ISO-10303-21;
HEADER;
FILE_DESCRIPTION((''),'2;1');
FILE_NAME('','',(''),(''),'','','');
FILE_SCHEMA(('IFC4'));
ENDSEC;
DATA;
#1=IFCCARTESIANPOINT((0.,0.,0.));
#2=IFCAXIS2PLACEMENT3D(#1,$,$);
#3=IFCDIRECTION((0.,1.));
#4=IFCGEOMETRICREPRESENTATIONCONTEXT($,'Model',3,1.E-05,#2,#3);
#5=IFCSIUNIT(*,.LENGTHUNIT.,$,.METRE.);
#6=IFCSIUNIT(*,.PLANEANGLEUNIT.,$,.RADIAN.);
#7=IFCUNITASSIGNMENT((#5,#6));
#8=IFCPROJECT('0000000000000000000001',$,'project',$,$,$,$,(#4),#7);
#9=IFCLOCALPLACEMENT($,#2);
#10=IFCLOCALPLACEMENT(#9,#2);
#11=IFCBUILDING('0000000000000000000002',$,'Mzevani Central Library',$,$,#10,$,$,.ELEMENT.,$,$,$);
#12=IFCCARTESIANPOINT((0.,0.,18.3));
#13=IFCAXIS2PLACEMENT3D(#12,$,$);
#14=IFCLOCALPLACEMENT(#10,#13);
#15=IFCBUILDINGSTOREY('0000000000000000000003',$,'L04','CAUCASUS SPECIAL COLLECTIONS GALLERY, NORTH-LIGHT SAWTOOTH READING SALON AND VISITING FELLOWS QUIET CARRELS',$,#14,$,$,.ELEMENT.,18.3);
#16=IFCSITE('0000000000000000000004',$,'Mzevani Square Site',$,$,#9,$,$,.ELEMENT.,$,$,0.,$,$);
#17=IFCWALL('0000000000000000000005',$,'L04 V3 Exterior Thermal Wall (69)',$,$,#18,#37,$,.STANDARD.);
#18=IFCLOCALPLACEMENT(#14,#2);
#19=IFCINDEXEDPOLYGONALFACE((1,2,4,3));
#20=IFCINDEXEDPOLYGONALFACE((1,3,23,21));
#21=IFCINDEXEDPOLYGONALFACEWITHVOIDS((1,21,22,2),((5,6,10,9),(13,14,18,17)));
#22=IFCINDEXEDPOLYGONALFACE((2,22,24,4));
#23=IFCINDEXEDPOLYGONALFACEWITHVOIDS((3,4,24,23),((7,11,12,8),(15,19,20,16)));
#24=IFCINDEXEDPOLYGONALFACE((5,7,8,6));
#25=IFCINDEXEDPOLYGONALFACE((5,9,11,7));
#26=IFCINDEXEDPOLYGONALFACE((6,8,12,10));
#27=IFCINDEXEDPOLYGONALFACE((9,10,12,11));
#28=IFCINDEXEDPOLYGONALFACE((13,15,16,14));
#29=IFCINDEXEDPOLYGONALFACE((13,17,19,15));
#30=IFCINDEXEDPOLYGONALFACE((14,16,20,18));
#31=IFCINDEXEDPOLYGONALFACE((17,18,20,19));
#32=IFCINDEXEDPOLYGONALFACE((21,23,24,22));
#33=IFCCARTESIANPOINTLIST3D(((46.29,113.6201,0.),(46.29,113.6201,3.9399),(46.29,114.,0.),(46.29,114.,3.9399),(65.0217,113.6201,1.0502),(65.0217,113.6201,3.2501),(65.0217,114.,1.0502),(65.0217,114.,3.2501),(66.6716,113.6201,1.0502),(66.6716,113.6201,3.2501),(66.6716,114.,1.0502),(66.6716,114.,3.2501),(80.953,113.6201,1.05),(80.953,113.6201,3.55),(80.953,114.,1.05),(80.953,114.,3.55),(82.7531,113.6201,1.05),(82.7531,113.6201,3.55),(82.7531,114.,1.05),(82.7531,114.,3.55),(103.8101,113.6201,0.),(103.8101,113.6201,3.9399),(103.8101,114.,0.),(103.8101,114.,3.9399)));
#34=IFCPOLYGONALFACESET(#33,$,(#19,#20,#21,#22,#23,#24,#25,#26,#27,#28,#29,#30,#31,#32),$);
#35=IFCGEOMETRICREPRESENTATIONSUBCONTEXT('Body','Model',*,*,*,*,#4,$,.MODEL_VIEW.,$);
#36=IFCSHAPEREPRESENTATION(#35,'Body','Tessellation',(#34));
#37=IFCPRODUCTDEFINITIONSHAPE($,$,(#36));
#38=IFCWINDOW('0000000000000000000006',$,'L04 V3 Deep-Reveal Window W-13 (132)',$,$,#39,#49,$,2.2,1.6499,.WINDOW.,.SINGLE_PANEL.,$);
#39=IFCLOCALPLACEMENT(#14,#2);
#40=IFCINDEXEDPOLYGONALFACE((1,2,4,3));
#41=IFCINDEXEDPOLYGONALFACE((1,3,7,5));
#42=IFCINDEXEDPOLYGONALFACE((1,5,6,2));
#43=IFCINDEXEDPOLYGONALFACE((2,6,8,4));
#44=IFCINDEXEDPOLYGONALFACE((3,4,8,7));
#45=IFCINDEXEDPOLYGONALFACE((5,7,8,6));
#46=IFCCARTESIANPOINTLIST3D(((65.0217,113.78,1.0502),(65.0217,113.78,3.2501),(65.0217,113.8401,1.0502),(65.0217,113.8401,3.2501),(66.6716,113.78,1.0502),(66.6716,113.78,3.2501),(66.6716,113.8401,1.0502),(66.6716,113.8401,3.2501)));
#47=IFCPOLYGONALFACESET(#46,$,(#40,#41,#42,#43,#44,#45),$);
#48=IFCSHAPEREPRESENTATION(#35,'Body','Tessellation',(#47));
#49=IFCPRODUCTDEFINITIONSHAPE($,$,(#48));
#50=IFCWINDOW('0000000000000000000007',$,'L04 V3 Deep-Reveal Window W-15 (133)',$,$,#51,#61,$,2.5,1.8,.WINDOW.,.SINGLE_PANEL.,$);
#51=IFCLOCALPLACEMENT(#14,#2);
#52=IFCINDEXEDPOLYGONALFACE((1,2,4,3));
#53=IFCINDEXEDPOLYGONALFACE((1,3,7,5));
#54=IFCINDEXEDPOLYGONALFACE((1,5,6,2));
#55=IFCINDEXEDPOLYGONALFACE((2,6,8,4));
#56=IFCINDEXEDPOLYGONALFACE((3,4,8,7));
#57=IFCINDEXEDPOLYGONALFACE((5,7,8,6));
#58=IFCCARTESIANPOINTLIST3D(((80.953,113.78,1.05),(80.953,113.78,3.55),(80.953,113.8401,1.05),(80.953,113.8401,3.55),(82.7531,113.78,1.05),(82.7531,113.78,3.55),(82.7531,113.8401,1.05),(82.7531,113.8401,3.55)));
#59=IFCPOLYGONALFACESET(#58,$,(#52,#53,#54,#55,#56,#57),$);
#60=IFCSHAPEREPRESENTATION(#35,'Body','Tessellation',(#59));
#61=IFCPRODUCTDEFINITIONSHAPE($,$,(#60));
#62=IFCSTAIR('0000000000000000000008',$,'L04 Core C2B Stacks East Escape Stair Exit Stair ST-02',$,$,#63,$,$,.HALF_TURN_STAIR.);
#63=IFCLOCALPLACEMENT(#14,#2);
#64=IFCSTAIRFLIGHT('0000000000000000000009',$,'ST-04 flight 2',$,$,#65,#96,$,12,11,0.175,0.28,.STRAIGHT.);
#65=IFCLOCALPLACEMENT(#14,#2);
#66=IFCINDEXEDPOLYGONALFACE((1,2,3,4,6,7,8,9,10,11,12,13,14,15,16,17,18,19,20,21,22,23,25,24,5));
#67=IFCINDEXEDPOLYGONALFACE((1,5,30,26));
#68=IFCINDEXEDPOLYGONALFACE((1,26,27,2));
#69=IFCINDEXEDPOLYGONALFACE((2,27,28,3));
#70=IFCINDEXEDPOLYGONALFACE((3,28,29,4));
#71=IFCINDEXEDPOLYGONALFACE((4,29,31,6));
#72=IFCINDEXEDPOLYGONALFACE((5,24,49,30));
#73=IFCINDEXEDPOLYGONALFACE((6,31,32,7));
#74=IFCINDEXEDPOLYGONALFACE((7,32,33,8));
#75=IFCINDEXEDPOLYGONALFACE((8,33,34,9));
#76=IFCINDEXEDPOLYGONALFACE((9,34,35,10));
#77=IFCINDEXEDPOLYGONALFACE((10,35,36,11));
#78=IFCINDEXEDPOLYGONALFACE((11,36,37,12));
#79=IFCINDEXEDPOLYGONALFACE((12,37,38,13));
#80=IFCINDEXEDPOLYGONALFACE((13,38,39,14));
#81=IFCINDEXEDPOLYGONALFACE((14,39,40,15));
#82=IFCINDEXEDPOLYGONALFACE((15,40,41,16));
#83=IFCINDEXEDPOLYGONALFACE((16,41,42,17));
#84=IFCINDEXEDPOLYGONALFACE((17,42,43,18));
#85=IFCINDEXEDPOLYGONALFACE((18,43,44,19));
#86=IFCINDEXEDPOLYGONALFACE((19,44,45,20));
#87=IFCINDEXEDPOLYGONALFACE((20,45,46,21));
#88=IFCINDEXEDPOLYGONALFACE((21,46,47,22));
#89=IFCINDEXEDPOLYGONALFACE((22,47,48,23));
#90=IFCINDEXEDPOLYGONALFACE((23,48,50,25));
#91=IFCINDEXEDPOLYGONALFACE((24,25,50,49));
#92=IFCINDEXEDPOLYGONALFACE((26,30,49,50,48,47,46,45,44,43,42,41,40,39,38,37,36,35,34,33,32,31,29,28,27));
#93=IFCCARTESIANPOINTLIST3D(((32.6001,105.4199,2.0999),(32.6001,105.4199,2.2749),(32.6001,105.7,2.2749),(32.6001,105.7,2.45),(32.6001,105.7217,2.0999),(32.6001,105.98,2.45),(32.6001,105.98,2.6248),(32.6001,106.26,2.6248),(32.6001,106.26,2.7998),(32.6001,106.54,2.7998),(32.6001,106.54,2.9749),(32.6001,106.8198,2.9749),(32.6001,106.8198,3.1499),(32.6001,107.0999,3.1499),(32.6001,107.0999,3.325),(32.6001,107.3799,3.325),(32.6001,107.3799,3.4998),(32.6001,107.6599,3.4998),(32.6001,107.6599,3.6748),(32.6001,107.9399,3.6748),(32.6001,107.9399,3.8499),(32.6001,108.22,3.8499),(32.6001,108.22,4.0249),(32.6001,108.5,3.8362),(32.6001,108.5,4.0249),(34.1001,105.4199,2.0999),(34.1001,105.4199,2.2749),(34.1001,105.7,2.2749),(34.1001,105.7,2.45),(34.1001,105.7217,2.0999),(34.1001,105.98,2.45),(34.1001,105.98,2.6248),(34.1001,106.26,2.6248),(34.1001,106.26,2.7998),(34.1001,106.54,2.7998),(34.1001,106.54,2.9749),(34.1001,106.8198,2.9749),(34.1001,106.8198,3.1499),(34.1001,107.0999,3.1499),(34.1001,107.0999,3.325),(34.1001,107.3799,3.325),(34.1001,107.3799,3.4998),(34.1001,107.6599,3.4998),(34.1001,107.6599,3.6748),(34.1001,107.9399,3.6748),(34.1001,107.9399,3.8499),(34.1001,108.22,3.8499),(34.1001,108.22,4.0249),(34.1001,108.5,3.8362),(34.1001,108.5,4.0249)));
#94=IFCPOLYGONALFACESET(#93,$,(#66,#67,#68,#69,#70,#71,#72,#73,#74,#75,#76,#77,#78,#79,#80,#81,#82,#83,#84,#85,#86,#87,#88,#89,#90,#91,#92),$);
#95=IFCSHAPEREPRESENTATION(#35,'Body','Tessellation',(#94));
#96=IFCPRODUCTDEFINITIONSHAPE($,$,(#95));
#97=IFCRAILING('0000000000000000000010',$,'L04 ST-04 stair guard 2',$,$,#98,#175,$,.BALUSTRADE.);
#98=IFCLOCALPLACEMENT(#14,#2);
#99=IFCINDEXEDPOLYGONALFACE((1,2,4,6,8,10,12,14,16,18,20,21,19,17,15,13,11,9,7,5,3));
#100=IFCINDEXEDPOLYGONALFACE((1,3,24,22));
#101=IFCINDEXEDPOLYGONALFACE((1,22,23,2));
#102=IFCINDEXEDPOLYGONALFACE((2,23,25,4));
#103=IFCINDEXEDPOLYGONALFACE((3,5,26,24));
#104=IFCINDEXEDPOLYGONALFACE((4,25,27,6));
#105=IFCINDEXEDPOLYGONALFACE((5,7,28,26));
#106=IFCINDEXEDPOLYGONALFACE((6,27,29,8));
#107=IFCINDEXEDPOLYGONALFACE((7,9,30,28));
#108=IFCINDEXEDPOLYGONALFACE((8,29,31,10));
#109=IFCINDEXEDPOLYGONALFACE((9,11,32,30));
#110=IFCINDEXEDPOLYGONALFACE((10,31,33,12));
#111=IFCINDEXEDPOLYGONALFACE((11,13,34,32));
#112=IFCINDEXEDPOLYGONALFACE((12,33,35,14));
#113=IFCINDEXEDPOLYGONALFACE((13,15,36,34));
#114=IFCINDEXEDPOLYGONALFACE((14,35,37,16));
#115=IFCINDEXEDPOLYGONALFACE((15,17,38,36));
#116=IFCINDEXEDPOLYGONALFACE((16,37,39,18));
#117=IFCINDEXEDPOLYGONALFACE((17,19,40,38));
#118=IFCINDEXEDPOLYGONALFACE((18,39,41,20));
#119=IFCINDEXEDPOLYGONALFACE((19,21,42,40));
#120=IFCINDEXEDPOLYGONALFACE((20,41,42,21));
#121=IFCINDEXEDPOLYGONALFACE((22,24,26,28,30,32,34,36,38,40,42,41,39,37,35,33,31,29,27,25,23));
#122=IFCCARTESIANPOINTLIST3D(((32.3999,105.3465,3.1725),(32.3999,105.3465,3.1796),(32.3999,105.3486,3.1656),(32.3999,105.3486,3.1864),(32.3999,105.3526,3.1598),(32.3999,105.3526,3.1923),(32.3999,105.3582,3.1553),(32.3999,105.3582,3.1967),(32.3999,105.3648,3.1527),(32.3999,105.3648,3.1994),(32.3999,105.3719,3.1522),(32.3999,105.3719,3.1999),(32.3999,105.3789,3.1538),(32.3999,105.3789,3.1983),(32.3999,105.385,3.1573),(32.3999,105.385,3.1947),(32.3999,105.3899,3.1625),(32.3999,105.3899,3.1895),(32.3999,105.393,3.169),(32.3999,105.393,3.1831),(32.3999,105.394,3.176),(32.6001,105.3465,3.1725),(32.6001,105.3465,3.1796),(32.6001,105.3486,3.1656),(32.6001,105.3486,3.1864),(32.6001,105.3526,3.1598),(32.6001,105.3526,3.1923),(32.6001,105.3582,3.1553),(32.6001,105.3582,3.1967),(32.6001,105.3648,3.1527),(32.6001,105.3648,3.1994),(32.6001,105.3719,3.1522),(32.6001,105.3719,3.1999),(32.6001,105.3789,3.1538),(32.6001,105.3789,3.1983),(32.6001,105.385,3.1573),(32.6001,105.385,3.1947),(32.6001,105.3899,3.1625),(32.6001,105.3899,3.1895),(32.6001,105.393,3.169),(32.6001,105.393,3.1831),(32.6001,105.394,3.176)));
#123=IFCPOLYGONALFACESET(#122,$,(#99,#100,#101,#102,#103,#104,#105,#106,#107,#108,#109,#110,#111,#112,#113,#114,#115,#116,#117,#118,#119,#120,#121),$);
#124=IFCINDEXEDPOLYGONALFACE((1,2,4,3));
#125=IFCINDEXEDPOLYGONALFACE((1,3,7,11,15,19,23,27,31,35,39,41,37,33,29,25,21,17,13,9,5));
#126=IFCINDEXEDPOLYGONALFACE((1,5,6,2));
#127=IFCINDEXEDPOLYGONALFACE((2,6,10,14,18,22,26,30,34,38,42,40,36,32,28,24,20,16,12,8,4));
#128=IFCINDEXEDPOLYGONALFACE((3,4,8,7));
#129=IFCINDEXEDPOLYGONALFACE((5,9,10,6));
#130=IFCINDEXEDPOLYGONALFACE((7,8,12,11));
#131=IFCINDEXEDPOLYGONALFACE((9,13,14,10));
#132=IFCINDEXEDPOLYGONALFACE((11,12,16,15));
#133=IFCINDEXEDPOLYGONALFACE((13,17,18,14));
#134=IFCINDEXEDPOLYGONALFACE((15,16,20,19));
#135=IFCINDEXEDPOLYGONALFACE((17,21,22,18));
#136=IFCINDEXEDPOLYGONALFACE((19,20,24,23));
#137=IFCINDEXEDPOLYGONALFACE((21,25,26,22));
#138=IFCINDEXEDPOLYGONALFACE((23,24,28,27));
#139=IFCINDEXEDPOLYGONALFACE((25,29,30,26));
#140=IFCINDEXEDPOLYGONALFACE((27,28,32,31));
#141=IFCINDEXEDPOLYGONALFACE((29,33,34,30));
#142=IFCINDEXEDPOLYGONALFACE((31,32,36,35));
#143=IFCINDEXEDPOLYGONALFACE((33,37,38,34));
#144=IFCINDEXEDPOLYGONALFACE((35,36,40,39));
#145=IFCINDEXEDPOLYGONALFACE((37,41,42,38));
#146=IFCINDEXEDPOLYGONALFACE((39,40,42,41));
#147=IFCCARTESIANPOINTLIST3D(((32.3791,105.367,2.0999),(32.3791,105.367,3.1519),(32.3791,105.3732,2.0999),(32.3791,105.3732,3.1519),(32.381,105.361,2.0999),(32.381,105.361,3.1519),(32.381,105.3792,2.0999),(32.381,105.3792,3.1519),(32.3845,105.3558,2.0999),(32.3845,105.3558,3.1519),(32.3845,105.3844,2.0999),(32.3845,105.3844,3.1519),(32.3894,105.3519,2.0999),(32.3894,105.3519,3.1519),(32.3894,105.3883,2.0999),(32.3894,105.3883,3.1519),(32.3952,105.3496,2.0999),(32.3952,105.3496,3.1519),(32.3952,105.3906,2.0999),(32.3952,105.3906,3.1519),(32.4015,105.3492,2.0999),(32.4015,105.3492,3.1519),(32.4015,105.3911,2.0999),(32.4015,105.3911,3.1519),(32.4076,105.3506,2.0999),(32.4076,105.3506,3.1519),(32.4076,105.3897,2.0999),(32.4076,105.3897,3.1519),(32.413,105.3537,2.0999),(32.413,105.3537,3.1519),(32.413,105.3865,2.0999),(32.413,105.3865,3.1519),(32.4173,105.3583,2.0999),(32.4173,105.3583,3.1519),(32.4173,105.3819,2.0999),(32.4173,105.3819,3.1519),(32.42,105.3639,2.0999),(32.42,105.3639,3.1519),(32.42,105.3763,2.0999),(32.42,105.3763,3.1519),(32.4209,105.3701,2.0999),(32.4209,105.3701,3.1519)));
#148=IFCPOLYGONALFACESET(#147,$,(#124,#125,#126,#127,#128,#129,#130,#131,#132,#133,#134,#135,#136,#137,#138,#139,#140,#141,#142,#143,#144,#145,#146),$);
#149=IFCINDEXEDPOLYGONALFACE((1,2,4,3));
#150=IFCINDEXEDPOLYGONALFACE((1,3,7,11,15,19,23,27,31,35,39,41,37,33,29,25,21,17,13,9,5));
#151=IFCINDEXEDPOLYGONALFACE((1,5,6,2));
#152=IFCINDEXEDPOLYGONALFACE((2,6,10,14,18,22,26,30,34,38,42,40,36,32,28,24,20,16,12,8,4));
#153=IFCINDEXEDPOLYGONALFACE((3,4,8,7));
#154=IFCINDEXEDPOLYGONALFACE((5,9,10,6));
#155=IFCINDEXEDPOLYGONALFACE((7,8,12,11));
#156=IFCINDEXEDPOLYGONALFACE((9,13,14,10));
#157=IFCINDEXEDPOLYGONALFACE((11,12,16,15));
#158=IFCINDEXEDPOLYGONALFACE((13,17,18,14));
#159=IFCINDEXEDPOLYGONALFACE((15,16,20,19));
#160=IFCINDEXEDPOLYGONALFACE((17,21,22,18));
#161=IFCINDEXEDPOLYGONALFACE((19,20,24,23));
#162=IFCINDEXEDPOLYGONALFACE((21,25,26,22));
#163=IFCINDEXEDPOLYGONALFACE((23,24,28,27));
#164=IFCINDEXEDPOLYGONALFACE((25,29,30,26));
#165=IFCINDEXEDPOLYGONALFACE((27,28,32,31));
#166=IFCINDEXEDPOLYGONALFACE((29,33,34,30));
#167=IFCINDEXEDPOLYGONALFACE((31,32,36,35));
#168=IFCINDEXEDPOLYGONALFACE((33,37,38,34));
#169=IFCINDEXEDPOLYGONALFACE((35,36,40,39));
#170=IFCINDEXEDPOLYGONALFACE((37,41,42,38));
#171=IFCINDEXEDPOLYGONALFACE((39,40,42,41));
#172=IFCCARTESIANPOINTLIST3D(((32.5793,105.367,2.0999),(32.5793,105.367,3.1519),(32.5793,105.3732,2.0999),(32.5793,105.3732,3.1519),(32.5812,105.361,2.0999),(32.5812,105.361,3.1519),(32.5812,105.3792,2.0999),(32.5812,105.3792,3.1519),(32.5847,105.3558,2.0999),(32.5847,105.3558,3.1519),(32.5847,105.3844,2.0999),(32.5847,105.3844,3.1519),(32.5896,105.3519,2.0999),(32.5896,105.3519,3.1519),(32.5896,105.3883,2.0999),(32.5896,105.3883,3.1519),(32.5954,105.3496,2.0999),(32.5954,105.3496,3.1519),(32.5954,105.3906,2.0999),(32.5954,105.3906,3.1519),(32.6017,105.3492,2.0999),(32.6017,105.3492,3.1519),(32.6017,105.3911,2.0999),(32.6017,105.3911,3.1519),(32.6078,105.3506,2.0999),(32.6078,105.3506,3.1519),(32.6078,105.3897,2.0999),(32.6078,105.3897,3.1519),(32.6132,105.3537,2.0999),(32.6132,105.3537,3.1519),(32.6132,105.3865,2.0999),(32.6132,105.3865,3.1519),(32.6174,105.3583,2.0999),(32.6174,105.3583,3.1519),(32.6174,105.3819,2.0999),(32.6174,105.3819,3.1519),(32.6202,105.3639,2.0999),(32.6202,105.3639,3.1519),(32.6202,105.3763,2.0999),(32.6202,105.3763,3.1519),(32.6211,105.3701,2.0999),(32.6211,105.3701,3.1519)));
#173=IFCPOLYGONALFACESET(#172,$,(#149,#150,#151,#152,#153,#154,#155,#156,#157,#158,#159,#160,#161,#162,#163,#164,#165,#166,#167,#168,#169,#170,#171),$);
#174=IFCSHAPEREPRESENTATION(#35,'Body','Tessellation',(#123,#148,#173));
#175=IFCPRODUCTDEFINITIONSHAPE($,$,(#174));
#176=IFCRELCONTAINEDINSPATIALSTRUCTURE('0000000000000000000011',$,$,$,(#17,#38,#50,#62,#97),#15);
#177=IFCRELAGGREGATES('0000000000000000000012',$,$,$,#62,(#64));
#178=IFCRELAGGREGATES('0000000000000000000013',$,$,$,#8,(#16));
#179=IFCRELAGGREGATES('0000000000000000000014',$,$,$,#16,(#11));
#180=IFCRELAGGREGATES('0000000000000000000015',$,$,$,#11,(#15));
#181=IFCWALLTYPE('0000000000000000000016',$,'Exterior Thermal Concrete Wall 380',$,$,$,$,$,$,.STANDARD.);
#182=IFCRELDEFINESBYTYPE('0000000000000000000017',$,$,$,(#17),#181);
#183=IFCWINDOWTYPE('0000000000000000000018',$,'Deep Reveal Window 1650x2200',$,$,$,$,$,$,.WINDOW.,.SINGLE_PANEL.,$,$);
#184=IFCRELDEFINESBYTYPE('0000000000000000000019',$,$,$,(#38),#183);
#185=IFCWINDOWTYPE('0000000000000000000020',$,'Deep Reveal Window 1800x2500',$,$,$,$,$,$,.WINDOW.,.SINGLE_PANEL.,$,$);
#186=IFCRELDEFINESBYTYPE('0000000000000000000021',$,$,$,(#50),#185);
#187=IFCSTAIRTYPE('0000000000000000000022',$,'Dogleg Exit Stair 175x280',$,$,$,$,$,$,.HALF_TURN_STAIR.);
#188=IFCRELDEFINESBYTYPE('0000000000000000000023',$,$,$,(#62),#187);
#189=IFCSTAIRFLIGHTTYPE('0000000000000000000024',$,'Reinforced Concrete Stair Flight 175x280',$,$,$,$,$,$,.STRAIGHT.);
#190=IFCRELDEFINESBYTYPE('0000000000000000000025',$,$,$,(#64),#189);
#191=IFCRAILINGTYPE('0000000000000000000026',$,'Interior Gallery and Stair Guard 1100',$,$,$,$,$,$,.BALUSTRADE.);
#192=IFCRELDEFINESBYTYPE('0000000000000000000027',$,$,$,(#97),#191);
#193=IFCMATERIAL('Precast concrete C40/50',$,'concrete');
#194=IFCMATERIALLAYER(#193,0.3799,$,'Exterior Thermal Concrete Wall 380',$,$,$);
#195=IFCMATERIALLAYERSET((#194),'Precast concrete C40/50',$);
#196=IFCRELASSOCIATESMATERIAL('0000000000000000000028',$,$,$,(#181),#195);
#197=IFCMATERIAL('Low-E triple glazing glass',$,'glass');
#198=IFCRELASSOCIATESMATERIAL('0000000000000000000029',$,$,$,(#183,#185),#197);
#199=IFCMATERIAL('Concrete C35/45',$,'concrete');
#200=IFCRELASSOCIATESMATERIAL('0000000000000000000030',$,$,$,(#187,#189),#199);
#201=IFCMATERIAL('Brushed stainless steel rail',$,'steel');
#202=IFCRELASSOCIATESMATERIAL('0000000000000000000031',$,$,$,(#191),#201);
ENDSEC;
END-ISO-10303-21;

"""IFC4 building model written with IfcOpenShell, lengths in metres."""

from ifc_helpers import new_model, si_unit, direction, frame, frame_2d, origin, origin_2d, place, context, subcontext, project, spatial, polyline, rectangle, circle, outline, extrude, material, layer, layer_set, type_object, element, fill, aggregate, save


model = new_model("IFC4")

# Units and contexts
model_context = context("Model", 3, precision=1e-05, world=origin(), true_north=direction((0.0, 1.0)))
body_context = subcontext(model_context, "Body", "Model", "MODEL_VIEW")
ifc_project = project(units=[si_unit("LENGTHUNIT", "METRE"), si_unit("PLANEANGLEUNIT", "RADIAN")], contexts=[model_context])

# Site, building, storey
site_placement = place(None, origin())
site = spatial("IfcSite", under=ifc_project, at=site_placement, Name="Mzevani Square Site", CompositionType="ELEMENT", RefElevation=0.0)
building_placement = place(site_placement, origin())
building = spatial("IfcBuilding", under=site, at=building_placement, Name="Mzevani Central Library", CompositionType="ELEMENT")
storey_placement = place(building_placement, frame((0.0, 0.0, 18.3)))
storey = spatial("IfcBuildingStorey", under=building, at=storey_placement, Name="L04", Description="CAUCASUS SPECIAL COLLECTIONS GALLERY, NORTH-LIGHT SAWTOOTH READING SALON AND VISITING FELLOWS QUIET CARRELS", CompositionType="ELEMENT", Elevation=18.3)

# Shared definitions
ifc_material_1 = material(Name="Concrete C35/45", Category="concrete")
ifc_material_2 = material(Name="Precast concrete C40/50", Category="concrete")

# Shared definitions
ifc_layer_1 = layer(ifc_material_2, 0.3799, Name="Exterior Thermal Concrete Wall 380")
ifc_layer_set_1 = layer_set([ifc_layer_1], Name="Precast concrete C40/50")
wall_type_1 = type_object("IfcWallType", Name="Exterior Thermal Concrete Wall 380", PredefinedType="STANDARD", material=ifc_layer_set_1)

# Wall, openings, windows
wall_1_placement = place(storey_placement, frame((46.29, 113.8101, 0.0), z_axis=(0.0, 0.0, 1.0), x_axis=(1.0, 0.0, 0.0)))
wall_1 = element("IfcWall", 1, at=wall_1_placement, inside=storey, type_object=wall_type_1, Name="L04 V3 Exterior Thermal Wall (69)", PredefinedType="STANDARD", context=body_context, shape_type="SweptSolid", body=[
    extrude(rectangle(XDim=57.52, YDim=0.3799, at=frame_2d((28.76, 0.0))), origin(), (0.0, 0.0, 1.0), 3.9399),
])
opening_1_placement = place(wall_1_placement, frame((18.7317, 0.0, 1.05)))
opening_1 = element("IfcOpeningElement", 2, at=opening_1_placement, cuts=wall_1, PredefinedType="OPENING", context=body_context, shape_type="SweptSolid", body=[
    extrude(rectangle(XDim=1.6499, YDim=2.2, at=frame_2d((0.825, 1.1001))), frame((0.0, 0.2, 0.0), z_axis=(0.0, -1.0, 0.0), x_axis=(1.0, 0.0, 0.0)), (0.0, 0.0, 1.0), 0.3999),
])
opening_2_placement = place(wall_1_placement, frame((34.6631, 0.0, 1.05)))
opening_2 = element("IfcOpeningElement", 3, at=opening_2_placement, cuts=wall_1, PredefinedType="OPENING", context=body_context, shape_type="SweptSolid", body=[
    extrude(rectangle(XDim=1.8, YDim=2.5, at=frame_2d((0.8999, 1.25))), frame((0.0, 0.2, 0.0), z_axis=(0.0, -1.0, 0.0), x_axis=(1.0, 0.0, 0.0)), (0.0, 0.0, 1.0), 0.3999),
])
ifc_material_3 = material(Name="Low-E triple glazing glass", Category="glass")
window_type_1 = type_object("IfcWindowType", Name="Deep Reveal Window 1650x2200", PartitioningType="SINGLE_PANEL", PredefinedType="WINDOW", material=ifc_material_3)
window_1_placement = place(opening_1_placement, origin())
window_1 = element("IfcWindow", 4, at=window_1_placement, inside=storey, type_object=window_type_1, Name="L04 V3 Deep-Reveal Window W-13 (132)", OverallHeight=2.2, OverallWidth=1.6499, PartitioningType="SINGLE_PANEL", PredefinedType="WINDOW", context=body_context, shape_type="SweptSolid", body=[
    extrude(rectangle(XDim=1.6499, YDim=2.2, at=frame_2d((0.825, 1.1001))), frame((0.0, 0.03, 0.0), z_axis=(0.0, -1.0, 0.0), x_axis=(1.0, 0.0, 0.0)), (0.0, 0.0, 1.0), 0.0601),
])
fill(opening_1, window_1)
window_type_2 = type_object("IfcWindowType", Name="Deep Reveal Window 1800x2500", PartitioningType="SINGLE_PANEL", PredefinedType="WINDOW", material=ifc_material_3)
window_2_placement = place(opening_2_placement, origin())
window_2 = element("IfcWindow", 5, at=window_2_placement, inside=storey, type_object=window_type_2, Name="L04 V3 Deep-Reveal Window W-15 (133)", OverallHeight=2.5, OverallWidth=1.8, PartitioningType="SINGLE_PANEL", PredefinedType="WINDOW", context=body_context, shape_type="SweptSolid", body=[
    extrude(rectangle(XDim=1.8, YDim=2.5, at=frame_2d((0.8999, 1.25))), frame((0.0, 0.03, 0.0), z_axis=(0.0, -1.0, 0.0), x_axis=(1.0, 0.0, 0.0)), (0.0, 0.0, 1.0), 0.0601),
])
fill(opening_2, window_2)

# Stair, stair flight
stair_type = type_object("IfcStairType", Name="Dogleg Exit Stair 175x280", PredefinedType="HALF_TURN_STAIR", material=ifc_material_1)
stair_placement = place(storey_placement, origin())
stair = element("IfcStair", 6, at=stair_placement, inside=storey, type_object=stair_type, Name="L04 Core C2B Stacks East Escape Stair Exit Stair ST-02", PredefinedType="HALF_TURN_STAIR")
stair_flight_type = type_object("IfcStairFlightType", Name="Reinforced Concrete Stair Flight 175x280", PredefinedType="STRAIGHT", material=ifc_material_1)
stair_flight_placement = place(storey_placement, frame((33.3501, 105.4199, 2.0999), z_axis=(0.0, 0.0, 1.0), x_axis=(0.0, 1.0, 0.0)))
stair_flight = element("IfcStairFlight", 7, at=stair_flight_placement, type_object=stair_flight_type, Name="ST-04 flight 2", NumberOfRisers=12, NumberOfTreads=11, PredefinedType="STRAIGHT", RiserHeight=0.175, TreadLength=0.28, context=body_context, shape_type="SweptSolid", body=[
    extrude(outline(polyline([(0.0, 0.0), (0.0, 0.175), (0.28, 0.175), (0.28, 0.3501), (0.5601, 0.3501), (0.5601, 0.5249), (0.8401, 0.5249), (0.8401, 0.7), (1.1201, 0.7), (1.1201, 0.875), (1.3999, 0.875), (1.3999, 1.05), (1.6799, 1.05), (1.6799, 1.2251), (1.96, 1.2251), (1.96, 1.3999), (2.24, 1.3999), (2.24, 1.575), (2.52, 1.575), (2.52, 1.75), (2.8, 1.75), (2.8, 1.925), (3.0801, 1.925), (3.0801, 2.1001), (3.0801, 1.7363), (0.3018, 0.0), (0.0, 0.0)])), frame((0.0, 0.75, 0.0), z_axis=(0.0, -1.0, 0.0), x_axis=(1.0, 0.0, 0.0)), (0.0, 0.0, 1.0), 1.5),
])
aggregate(stair, [stair_flight])

# Railing
ifc_material_4 = material(Name="Brushed stainless steel rail", Category="steel")
railing_type_1 = type_object("IfcRailingType", Name="Interior Gallery and Stair Guard 1100", PredefinedType="BALUSTRADE", material=ifc_material_4)
railing_1_placement = place(storey_placement, frame((32.3999, 105.3701, 2.0999)))
element("IfcRailing", 8, at=railing_1_placement, inside=storey, type_object=railing_type_1, Name="L04 ST-04 stair guard 2", PredefinedType="BALUSTRADE", context=body_context, shape_type="SweptSolid", body=[
    extrude(circle(Radius=0.0239, at=origin_2d()), frame((0.0, 0.0, 1.0762), z_axis=(1.0, 0.0, 0.0), x_axis=(0.0, 1.0, 0.0)), (0.0, 0.0, 1.0), 0.2002),
    extrude(circle(Radius=0.021, at=origin_2d()), origin(), (0.0, 0.0, 1.0), 1.052),
    extrude(circle(Radius=0.021, at=origin_2d()), frame((0.2002, 0.0, 0.0)), (0.0, 0.0, 1.0), 1.052),
])

save(model, "model.ifc")
